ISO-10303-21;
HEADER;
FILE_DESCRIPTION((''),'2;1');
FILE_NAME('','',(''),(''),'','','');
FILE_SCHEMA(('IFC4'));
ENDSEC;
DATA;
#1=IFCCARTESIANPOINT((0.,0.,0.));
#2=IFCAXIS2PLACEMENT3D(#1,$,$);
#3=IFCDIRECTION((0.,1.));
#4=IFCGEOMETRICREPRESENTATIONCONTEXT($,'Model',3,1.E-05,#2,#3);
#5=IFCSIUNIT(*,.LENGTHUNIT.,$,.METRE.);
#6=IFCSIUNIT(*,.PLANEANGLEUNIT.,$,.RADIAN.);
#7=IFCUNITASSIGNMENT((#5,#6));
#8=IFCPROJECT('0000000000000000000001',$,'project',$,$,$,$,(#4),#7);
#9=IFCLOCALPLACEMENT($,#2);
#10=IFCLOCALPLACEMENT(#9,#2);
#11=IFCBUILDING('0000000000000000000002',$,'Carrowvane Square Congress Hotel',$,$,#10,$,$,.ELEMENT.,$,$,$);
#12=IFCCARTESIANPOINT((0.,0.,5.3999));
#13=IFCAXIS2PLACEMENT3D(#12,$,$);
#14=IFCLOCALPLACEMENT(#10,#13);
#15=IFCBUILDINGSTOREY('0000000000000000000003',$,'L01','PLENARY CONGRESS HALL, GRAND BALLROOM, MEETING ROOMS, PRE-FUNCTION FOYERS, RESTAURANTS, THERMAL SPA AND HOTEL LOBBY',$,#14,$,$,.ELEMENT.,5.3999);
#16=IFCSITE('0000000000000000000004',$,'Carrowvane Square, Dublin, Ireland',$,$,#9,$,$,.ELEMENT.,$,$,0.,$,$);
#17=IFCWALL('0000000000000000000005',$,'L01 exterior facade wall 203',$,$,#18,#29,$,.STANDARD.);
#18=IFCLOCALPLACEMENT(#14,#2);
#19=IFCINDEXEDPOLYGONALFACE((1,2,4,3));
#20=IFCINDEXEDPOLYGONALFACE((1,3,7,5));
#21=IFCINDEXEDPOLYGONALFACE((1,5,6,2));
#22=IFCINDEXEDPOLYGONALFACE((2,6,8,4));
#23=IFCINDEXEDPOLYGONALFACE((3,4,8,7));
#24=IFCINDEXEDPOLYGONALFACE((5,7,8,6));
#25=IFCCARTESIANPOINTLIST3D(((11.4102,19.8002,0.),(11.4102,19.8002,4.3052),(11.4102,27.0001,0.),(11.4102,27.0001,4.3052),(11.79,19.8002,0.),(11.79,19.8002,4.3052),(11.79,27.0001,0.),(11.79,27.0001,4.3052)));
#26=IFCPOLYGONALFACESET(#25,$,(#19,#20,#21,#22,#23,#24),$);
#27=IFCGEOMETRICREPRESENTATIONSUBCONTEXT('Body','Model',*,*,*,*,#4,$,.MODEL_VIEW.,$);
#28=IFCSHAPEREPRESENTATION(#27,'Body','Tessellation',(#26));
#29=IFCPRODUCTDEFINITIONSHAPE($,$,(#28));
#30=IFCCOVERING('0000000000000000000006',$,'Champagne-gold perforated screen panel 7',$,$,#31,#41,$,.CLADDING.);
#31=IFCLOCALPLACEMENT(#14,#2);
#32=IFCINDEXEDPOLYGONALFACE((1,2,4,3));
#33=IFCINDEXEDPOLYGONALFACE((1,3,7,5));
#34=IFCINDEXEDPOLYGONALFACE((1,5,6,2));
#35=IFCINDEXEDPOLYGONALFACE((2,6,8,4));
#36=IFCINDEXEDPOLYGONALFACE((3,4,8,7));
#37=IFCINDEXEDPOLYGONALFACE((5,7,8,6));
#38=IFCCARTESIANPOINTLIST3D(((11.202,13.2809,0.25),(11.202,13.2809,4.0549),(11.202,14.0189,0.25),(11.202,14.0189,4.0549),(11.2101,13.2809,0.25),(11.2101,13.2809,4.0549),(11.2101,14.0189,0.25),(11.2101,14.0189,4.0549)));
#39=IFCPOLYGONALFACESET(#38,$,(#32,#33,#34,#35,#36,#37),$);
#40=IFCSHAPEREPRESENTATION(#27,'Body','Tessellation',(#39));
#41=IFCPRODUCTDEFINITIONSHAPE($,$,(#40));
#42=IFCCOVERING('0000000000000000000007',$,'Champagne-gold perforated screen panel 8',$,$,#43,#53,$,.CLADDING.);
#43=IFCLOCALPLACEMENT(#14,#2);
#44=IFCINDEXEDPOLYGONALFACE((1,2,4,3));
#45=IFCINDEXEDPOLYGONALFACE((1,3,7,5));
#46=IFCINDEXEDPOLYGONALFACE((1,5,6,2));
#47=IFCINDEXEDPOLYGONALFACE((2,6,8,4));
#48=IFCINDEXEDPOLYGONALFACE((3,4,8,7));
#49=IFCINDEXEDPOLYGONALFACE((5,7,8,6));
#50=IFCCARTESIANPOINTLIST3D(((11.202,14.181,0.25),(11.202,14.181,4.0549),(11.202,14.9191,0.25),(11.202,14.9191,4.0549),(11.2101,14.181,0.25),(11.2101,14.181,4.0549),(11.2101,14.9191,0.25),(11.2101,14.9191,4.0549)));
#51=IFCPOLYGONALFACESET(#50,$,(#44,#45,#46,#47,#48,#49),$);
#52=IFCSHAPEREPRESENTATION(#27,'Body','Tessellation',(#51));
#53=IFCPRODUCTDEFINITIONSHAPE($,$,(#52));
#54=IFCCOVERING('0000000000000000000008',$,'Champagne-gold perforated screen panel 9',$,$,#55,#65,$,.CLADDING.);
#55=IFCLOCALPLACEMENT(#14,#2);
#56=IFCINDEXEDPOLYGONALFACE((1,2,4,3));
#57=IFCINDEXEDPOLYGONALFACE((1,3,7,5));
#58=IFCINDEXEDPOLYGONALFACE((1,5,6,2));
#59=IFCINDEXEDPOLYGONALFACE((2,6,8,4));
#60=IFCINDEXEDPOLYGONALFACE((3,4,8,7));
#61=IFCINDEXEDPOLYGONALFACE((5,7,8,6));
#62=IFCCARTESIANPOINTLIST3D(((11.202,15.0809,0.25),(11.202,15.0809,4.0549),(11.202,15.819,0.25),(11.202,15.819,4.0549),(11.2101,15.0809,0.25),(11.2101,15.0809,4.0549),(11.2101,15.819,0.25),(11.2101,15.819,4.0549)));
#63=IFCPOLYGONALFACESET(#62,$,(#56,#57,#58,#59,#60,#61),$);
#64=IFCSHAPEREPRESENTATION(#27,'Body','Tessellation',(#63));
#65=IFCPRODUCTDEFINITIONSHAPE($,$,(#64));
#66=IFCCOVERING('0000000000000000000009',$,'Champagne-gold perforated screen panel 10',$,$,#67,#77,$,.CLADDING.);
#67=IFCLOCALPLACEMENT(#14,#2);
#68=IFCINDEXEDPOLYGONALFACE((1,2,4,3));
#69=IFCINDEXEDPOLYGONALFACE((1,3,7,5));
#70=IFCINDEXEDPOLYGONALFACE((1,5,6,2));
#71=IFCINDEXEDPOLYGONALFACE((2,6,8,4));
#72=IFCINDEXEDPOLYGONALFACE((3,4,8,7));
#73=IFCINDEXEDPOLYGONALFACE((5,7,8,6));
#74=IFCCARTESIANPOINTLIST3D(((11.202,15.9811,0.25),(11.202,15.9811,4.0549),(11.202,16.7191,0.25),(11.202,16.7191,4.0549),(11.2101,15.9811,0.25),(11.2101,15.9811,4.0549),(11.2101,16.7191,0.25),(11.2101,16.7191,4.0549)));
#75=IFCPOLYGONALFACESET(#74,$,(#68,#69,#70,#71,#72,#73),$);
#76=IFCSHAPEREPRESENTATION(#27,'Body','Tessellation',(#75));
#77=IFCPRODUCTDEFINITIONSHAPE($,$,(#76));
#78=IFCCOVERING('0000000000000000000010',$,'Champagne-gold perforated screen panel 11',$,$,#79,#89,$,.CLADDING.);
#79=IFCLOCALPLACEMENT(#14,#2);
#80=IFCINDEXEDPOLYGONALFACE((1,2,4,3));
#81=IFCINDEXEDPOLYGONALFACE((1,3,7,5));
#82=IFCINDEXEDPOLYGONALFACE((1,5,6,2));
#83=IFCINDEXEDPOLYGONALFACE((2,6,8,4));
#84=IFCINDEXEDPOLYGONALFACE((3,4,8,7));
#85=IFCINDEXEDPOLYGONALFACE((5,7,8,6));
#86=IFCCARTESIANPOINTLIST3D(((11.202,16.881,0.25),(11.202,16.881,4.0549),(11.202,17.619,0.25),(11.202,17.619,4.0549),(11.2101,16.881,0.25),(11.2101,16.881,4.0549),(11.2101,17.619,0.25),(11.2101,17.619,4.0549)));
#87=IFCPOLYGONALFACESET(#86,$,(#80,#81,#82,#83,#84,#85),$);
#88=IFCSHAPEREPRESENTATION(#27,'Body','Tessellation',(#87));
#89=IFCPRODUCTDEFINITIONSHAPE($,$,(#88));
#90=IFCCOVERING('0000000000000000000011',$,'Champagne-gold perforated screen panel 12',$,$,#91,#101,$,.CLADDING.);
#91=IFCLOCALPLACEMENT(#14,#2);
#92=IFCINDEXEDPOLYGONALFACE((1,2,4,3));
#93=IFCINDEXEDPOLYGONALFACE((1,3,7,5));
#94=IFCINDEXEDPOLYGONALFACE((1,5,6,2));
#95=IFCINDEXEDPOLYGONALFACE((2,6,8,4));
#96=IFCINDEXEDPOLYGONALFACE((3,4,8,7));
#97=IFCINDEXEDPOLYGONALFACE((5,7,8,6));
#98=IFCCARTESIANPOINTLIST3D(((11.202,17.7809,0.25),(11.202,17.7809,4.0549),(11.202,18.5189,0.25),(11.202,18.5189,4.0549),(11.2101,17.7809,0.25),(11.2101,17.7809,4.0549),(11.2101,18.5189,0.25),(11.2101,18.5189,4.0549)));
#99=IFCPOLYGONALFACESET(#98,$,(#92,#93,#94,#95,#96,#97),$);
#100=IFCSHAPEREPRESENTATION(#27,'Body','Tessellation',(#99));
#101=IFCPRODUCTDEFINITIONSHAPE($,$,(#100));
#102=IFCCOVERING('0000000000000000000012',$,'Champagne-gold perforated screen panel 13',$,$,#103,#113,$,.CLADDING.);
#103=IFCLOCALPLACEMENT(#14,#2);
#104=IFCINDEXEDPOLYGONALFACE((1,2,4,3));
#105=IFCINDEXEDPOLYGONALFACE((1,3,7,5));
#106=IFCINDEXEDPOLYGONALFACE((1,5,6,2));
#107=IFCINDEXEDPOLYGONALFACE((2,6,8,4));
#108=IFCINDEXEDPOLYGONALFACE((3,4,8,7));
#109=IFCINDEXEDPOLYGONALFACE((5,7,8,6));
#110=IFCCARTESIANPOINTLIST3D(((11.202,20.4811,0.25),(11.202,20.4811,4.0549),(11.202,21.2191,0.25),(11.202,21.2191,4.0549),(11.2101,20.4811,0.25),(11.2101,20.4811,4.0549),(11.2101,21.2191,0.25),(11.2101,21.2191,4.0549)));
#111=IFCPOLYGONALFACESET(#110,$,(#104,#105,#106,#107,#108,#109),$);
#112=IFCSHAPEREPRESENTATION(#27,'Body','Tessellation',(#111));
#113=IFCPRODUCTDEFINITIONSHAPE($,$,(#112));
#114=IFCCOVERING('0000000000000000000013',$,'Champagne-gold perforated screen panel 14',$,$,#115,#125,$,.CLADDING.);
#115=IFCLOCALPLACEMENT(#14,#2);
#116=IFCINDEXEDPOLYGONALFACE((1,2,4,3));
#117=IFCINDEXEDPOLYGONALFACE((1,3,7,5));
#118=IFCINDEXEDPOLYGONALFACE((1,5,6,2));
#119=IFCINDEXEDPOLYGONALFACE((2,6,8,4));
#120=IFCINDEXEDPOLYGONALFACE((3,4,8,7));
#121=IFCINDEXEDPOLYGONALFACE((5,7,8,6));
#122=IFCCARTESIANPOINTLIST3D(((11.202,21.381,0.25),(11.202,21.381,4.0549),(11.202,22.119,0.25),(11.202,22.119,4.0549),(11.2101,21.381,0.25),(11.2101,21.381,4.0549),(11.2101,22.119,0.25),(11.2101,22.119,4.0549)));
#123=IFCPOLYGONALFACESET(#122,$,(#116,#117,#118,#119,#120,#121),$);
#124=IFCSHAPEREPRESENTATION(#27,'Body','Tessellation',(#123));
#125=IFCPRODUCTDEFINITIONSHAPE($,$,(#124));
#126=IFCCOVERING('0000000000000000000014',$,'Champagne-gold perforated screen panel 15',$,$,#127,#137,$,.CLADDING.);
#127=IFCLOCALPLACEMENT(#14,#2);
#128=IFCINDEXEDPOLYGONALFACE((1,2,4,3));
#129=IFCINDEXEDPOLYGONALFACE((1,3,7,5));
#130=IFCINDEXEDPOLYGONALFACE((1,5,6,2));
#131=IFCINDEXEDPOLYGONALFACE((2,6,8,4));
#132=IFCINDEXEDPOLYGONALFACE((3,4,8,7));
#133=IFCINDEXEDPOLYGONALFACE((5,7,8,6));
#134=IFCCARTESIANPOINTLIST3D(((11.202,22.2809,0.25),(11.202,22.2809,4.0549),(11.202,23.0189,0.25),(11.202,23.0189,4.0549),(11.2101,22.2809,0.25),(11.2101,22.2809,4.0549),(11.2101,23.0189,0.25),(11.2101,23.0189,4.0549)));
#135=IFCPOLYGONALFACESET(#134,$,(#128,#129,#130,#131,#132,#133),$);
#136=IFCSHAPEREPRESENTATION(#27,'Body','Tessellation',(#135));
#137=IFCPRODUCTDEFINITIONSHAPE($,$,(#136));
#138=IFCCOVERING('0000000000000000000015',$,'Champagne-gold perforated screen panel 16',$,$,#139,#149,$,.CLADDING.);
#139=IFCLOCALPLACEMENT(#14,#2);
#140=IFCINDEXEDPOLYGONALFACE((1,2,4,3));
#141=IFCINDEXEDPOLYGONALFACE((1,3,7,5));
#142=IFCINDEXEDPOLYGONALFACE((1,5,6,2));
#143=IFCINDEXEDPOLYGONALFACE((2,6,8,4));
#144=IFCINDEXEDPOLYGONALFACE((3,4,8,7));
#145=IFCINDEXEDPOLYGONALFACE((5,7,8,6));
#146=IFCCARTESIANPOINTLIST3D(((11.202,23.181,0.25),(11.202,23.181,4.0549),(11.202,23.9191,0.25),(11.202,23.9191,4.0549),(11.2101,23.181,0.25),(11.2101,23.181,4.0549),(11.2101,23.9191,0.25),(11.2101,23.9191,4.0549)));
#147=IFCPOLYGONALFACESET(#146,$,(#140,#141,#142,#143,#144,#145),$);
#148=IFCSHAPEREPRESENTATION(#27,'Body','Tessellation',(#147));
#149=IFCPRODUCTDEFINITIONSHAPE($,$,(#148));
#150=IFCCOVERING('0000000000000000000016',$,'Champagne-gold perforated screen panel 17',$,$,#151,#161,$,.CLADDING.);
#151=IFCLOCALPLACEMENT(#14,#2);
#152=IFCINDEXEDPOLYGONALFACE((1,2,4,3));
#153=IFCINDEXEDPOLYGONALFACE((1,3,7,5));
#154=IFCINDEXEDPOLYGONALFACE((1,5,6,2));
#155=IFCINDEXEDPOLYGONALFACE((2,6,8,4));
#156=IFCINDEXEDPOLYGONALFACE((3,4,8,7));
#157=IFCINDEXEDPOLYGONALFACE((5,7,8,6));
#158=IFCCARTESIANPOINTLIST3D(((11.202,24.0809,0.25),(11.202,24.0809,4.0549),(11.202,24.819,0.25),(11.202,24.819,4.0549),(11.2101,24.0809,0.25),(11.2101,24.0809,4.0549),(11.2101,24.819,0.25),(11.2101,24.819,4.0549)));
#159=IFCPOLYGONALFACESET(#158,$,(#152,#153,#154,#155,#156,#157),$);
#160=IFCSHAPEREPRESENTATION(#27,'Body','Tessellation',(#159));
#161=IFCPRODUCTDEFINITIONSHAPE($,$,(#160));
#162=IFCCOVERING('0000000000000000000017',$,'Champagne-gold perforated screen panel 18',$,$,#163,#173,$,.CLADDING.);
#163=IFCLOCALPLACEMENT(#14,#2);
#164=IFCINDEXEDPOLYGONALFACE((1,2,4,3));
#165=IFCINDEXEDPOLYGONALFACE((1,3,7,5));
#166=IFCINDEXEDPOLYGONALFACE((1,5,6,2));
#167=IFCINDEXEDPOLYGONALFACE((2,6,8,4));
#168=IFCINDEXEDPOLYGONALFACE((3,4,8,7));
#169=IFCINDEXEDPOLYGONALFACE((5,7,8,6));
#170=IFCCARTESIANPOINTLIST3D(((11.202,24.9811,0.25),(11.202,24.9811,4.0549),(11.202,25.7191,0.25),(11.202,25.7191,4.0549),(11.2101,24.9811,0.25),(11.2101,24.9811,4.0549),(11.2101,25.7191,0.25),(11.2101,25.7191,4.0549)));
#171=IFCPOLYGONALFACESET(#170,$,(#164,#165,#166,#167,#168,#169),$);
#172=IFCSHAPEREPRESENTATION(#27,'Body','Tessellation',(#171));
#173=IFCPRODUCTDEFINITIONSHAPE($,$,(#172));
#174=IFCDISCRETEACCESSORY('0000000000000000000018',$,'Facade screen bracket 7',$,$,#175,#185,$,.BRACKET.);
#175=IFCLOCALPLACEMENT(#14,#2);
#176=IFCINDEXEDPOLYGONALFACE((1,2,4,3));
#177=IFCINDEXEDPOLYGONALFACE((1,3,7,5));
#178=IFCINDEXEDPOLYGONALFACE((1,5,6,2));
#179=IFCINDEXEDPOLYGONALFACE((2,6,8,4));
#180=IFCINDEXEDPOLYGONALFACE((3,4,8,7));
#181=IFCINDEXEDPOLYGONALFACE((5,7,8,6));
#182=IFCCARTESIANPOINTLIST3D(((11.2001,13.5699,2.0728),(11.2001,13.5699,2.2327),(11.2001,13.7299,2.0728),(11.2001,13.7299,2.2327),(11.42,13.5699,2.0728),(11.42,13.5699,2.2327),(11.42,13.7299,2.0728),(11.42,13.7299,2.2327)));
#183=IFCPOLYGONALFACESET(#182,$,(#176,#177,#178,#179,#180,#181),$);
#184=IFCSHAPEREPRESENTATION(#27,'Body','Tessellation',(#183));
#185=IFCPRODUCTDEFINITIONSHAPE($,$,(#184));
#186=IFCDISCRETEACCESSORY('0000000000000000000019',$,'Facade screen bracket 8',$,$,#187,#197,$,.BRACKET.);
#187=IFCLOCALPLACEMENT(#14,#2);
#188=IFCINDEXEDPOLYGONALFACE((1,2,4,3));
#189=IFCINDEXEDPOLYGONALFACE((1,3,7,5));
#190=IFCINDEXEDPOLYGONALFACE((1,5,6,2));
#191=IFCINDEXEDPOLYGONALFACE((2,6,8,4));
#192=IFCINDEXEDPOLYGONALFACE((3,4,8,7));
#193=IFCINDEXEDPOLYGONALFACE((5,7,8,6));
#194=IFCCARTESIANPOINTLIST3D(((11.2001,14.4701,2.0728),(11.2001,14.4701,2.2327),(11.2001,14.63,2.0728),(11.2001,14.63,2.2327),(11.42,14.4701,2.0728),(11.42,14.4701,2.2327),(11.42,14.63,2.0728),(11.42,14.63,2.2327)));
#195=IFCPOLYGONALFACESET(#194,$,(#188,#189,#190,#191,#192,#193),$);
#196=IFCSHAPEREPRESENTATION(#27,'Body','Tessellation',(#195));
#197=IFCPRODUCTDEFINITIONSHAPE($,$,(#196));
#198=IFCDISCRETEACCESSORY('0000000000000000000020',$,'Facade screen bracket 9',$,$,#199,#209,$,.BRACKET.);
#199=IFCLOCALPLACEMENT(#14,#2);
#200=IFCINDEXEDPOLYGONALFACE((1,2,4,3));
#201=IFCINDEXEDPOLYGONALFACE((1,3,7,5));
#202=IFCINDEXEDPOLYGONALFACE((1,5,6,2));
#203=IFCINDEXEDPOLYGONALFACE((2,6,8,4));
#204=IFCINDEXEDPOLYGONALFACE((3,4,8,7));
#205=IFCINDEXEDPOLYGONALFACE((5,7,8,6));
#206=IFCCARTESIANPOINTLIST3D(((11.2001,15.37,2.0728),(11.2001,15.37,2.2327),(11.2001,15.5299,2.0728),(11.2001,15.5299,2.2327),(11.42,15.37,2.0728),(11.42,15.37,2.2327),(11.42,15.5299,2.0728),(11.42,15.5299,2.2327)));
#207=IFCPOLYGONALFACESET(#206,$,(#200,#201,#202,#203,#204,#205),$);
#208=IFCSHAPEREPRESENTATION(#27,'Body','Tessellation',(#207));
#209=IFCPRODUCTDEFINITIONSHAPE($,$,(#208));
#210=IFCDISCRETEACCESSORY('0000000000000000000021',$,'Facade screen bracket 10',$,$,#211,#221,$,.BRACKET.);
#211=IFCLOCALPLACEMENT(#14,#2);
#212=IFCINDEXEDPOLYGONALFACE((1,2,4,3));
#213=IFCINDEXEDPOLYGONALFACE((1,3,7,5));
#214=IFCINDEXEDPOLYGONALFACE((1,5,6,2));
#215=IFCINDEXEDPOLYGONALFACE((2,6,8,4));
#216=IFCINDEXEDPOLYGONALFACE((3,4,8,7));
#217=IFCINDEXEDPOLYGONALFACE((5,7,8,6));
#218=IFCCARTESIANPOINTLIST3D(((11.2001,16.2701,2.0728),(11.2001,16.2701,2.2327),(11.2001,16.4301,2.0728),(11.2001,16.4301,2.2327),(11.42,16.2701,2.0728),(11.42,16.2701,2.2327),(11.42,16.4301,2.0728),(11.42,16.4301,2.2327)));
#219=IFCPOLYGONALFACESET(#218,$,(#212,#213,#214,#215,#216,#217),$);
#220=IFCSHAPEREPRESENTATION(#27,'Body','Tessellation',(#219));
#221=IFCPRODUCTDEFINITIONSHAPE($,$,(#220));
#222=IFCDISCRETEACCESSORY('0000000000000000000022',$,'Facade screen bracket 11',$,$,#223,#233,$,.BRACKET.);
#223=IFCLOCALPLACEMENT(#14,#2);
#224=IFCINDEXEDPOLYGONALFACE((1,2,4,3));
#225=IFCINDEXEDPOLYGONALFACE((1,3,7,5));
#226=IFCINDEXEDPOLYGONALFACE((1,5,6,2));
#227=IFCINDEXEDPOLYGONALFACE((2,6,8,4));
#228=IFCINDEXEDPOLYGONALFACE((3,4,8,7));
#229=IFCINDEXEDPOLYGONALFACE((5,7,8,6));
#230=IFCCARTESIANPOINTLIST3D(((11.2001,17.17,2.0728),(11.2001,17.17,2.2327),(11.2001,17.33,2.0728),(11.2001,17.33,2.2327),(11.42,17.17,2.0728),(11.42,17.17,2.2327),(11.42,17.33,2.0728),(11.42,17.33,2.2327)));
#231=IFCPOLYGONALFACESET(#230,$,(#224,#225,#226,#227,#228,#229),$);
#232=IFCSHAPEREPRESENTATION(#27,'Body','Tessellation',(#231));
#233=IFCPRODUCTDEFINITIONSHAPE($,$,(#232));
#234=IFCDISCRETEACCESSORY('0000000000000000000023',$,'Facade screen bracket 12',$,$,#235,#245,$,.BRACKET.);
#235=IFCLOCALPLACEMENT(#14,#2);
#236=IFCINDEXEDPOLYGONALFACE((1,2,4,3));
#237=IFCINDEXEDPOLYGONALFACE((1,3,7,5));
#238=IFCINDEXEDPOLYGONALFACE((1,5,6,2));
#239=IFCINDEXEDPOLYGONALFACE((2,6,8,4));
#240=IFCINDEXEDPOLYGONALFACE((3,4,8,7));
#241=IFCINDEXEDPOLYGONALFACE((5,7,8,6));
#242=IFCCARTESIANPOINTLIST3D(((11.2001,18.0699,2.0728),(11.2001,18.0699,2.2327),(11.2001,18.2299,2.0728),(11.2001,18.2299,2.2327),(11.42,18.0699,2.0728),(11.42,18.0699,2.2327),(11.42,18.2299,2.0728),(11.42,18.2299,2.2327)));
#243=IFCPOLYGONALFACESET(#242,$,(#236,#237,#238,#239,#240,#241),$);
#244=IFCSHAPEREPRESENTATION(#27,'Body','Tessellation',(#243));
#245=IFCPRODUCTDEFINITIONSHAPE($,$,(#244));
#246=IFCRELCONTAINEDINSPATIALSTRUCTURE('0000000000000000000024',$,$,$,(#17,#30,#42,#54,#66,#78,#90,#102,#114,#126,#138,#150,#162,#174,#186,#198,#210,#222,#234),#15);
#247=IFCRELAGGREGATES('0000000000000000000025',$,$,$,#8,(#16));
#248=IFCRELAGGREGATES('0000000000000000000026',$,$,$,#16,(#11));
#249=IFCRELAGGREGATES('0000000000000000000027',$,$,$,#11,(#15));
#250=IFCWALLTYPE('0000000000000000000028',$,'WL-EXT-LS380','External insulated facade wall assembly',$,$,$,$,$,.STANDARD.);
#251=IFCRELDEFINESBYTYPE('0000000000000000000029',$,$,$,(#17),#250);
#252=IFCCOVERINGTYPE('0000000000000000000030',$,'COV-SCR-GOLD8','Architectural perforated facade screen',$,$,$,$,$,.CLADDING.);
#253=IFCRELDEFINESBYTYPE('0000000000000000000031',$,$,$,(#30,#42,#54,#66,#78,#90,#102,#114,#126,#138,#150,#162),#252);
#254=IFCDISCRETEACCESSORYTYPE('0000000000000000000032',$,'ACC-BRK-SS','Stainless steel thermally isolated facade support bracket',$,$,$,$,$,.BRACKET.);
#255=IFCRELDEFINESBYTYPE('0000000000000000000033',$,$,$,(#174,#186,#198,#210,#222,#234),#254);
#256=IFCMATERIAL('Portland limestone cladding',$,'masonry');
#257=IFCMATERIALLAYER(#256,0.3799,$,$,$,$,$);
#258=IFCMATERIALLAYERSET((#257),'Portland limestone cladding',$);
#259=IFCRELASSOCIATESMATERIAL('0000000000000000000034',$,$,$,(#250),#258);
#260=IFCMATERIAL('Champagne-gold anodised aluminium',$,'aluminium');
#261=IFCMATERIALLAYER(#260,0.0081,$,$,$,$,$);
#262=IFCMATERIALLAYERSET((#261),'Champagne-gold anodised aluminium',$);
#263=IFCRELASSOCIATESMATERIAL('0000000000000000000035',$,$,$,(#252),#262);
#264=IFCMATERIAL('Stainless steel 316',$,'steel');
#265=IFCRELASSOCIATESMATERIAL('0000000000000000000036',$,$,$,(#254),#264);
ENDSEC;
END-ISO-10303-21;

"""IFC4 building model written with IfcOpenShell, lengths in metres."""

from ifc_helpers import new_model, si_unit, direction, frame, frame_2d, origin, origin_2d, place, context, subcontext, project, spatial, rectangle, extrude, material, layer, layer_set, type_object, element, save


model = new_model("IFC4")

# Units and contexts
model_context = context("Model", 3, precision=1e-05, world=origin(), true_north=direction((0.0, 1.0)))
body_context = subcontext(model_context, "Body", "Model", "MODEL_VIEW")
ifc_project = project(units=[si_unit("LENGTHUNIT", "METRE"), si_unit("PLANEANGLEUNIT", "RADIAN")], contexts=[model_context])

# Site, building, storey
site_placement = place(None, origin())
site = spatial("IfcSite", under=ifc_project, at=site_placement, Name="Carrowvane Square, Dublin, Ireland", CompositionType="ELEMENT", RefElevation=0.0)
building_placement = place(site_placement, origin())
building = spatial("IfcBuilding", under=site, at=building_placement, Name="Carrowvane Square Congress Hotel", CompositionType="ELEMENT")
storey_placement = place(building_placement, frame((0.0, 0.0, 5.3999)))
storey = spatial("IfcBuildingStorey", under=building, at=storey_placement, Name="L01", Description="PLENARY CONGRESS HALL, GRAND BALLROOM, MEETING ROOMS, PRE-FUNCTION FOYERS, RESTAURANTS, THERMAL SPA AND HOTEL LOBBY", CompositionType="ELEMENT", Elevation=5.3999)

# Wall
ifc_material_1 = material(Name="Portland limestone cladding", Category="masonry")
ifc_layer_1 = layer(ifc_material_1, 0.3799)
ifc_layer_set_1 = layer_set([ifc_layer_1], Name="Portland limestone cladding")
wall_type = type_object("IfcWallType", Name="WL-EXT-LS380", Description="External insulated facade wall assembly", PredefinedType="STANDARD", material=ifc_layer_set_1)
wall_placement = place(storey_placement, frame((11.6001, 19.8, 0.0), z_axis=(0.0, 0.0, 1.0), x_axis=(0.0, 1.0, 0.0)))
element("IfcWall", 1, at=wall_placement, inside=storey, type_object=wall_type, Name="L01 exterior facade wall 203", PredefinedType="STANDARD", context=body_context, shape_type="SweptSolid", body=[
    extrude(rectangle(XDim=7.2, YDim=0.3799, at=frame_2d((3.6001, 0.0))), origin(), (0.0, 0.0, 1.0), 4.3052),
])

# Coverings
ifc_material_2 = material(Name="Champagne-gold anodised aluminium", Category="aluminium")
ifc_layer_2 = layer(ifc_material_2, 0.0081)
ifc_layer_set_2 = layer_set([ifc_layer_2], Name="Champagne-gold anodised aluminium")
covering_type = type_object("IfcCoveringType", Name="COV-SCR-GOLD8", Description="Architectural perforated facade screen", PredefinedType="CLADDING", material=ifc_layer_set_2)
for number, where, z_axis, x_axis, name in (
    (2, (11.2061, 13.6499, 0.25), (0.0, 0.0, 1.0), (0.0, 1.0, 0.0), "Champagne-gold perforated screen panel 7"),
    (3, (11.2061, 14.55, 0.25), (0.0, 0.0, 1.0), (0.0, 1.0, 0.0), "Champagne-gold perforated screen panel 8"),
    (4, (11.2061, 15.45, 0.25), (0.0, 0.0, 1.0), (0.0, 1.0, 0.0), "Champagne-gold perforated screen panel 9"),
    (5, (11.2061, 16.3501, 0.25), (0.0, 0.0, 1.0), (0.0, 1.0, 0.0), "Champagne-gold perforated screen panel 10"),
    (6, (11.2061, 17.25, 0.25), (0.0, 0.0, 1.0), (0.0, 1.0, 0.0), "Champagne-gold perforated screen panel 11"),
    (7, (11.2061, 18.1499, 0.25), (0.0, 0.0, 1.0), (0.0, 1.0, 0.0), "Champagne-gold perforated screen panel 12"),
    (8, (11.2061, 20.8501, 0.25), (0.0, 0.0, 1.0), (0.0, 1.0, 0.0), "Champagne-gold perforated screen panel 13"),
    (9, (11.2061, 21.75, 0.25), (0.0, 0.0, 1.0), (0.0, 1.0, 0.0), "Champagne-gold perforated screen panel 14"),
    (10, (11.2061, 22.6499, 0.25), (0.0, 0.0, 1.0), (0.0, 1.0, 0.0), "Champagne-gold perforated screen panel 15"),
    (11, (11.2061, 23.55, 0.25), (0.0, 0.0, 1.0), (0.0, 1.0, 0.0), "Champagne-gold perforated screen panel 16"),
    (12, (11.2061, 24.45, 0.25), (0.0, 0.0, 1.0), (0.0, 1.0, 0.0), "Champagne-gold perforated screen panel 17"),
    (13, (11.2061, 25.3501, 0.25), (0.0, 0.0, 1.0), (0.0, 1.0, 0.0), "Champagne-gold perforated screen panel 18"),
):
    element("IfcCovering", number, at=place(storey_placement, frame(where, z_axis=z_axis, x_axis=x_axis)), inside=storey, type_object=covering_type, Name=name, PredefinedType="CLADDING", context=body_context, shape_type="SweptSolid", body=[
        extrude(rectangle(XDim=0.738, YDim=0.0081, at=origin_2d()), origin(), (0.0, 0.0, 1.0), 3.8049),
    ])

# Discrete accessories
ifc_material_3 = material(Name="Stainless steel 316", Category="steel")
discrete_accessory_type = type_object("IfcDiscreteAccessoryType", Name="ACC-BRK-SS", Description="Stainless steel thermally isolated facade support bracket", PredefinedType="BRACKET", material=ifc_material_3)
for number, where, z_axis, x_axis, name in (
    (14, (11.3101, 13.6499, 2.0728), (0.0, 0.0, 1.0), (0.0, 1.0, 0.0), "Facade screen bracket 7"),
    (15, (11.3101, 14.55, 2.0728), (0.0, 0.0, 1.0), (0.0, 1.0, 0.0), "Facade screen bracket 8"),
    (16, (11.3101, 15.45, 2.0728), (0.0, 0.0, 1.0), (0.0, 1.0, 0.0), "Facade screen bracket 9"),
    (17, (11.3101, 16.3501, 2.0728), (0.0, 0.0, 1.0), (0.0, 1.0, 0.0), "Facade screen bracket 10"),
    (18, (11.3101, 17.25, 2.0728), (0.0, 0.0, 1.0), (0.0, 1.0, 0.0), "Facade screen bracket 11"),
    (19, (11.3101, 18.1499, 2.0728), (0.0, 0.0, 1.0), (0.0, 1.0, 0.0), "Facade screen bracket 12"),
):
    element("IfcDiscreteAccessory", number, at=place(storey_placement, frame(where, z_axis=z_axis, x_axis=x_axis)), inside=storey, type_object=discrete_accessory_type, Name=name, PredefinedType="BRACKET", context=body_context, shape_type="SweptSolid", body=[
        extrude(rectangle(XDim=0.1599, YDim=0.22, at=origin_2d()), origin(), (0.0, 0.0, 1.0), 0.1599),
    ])

save(model, "model.ifc")
